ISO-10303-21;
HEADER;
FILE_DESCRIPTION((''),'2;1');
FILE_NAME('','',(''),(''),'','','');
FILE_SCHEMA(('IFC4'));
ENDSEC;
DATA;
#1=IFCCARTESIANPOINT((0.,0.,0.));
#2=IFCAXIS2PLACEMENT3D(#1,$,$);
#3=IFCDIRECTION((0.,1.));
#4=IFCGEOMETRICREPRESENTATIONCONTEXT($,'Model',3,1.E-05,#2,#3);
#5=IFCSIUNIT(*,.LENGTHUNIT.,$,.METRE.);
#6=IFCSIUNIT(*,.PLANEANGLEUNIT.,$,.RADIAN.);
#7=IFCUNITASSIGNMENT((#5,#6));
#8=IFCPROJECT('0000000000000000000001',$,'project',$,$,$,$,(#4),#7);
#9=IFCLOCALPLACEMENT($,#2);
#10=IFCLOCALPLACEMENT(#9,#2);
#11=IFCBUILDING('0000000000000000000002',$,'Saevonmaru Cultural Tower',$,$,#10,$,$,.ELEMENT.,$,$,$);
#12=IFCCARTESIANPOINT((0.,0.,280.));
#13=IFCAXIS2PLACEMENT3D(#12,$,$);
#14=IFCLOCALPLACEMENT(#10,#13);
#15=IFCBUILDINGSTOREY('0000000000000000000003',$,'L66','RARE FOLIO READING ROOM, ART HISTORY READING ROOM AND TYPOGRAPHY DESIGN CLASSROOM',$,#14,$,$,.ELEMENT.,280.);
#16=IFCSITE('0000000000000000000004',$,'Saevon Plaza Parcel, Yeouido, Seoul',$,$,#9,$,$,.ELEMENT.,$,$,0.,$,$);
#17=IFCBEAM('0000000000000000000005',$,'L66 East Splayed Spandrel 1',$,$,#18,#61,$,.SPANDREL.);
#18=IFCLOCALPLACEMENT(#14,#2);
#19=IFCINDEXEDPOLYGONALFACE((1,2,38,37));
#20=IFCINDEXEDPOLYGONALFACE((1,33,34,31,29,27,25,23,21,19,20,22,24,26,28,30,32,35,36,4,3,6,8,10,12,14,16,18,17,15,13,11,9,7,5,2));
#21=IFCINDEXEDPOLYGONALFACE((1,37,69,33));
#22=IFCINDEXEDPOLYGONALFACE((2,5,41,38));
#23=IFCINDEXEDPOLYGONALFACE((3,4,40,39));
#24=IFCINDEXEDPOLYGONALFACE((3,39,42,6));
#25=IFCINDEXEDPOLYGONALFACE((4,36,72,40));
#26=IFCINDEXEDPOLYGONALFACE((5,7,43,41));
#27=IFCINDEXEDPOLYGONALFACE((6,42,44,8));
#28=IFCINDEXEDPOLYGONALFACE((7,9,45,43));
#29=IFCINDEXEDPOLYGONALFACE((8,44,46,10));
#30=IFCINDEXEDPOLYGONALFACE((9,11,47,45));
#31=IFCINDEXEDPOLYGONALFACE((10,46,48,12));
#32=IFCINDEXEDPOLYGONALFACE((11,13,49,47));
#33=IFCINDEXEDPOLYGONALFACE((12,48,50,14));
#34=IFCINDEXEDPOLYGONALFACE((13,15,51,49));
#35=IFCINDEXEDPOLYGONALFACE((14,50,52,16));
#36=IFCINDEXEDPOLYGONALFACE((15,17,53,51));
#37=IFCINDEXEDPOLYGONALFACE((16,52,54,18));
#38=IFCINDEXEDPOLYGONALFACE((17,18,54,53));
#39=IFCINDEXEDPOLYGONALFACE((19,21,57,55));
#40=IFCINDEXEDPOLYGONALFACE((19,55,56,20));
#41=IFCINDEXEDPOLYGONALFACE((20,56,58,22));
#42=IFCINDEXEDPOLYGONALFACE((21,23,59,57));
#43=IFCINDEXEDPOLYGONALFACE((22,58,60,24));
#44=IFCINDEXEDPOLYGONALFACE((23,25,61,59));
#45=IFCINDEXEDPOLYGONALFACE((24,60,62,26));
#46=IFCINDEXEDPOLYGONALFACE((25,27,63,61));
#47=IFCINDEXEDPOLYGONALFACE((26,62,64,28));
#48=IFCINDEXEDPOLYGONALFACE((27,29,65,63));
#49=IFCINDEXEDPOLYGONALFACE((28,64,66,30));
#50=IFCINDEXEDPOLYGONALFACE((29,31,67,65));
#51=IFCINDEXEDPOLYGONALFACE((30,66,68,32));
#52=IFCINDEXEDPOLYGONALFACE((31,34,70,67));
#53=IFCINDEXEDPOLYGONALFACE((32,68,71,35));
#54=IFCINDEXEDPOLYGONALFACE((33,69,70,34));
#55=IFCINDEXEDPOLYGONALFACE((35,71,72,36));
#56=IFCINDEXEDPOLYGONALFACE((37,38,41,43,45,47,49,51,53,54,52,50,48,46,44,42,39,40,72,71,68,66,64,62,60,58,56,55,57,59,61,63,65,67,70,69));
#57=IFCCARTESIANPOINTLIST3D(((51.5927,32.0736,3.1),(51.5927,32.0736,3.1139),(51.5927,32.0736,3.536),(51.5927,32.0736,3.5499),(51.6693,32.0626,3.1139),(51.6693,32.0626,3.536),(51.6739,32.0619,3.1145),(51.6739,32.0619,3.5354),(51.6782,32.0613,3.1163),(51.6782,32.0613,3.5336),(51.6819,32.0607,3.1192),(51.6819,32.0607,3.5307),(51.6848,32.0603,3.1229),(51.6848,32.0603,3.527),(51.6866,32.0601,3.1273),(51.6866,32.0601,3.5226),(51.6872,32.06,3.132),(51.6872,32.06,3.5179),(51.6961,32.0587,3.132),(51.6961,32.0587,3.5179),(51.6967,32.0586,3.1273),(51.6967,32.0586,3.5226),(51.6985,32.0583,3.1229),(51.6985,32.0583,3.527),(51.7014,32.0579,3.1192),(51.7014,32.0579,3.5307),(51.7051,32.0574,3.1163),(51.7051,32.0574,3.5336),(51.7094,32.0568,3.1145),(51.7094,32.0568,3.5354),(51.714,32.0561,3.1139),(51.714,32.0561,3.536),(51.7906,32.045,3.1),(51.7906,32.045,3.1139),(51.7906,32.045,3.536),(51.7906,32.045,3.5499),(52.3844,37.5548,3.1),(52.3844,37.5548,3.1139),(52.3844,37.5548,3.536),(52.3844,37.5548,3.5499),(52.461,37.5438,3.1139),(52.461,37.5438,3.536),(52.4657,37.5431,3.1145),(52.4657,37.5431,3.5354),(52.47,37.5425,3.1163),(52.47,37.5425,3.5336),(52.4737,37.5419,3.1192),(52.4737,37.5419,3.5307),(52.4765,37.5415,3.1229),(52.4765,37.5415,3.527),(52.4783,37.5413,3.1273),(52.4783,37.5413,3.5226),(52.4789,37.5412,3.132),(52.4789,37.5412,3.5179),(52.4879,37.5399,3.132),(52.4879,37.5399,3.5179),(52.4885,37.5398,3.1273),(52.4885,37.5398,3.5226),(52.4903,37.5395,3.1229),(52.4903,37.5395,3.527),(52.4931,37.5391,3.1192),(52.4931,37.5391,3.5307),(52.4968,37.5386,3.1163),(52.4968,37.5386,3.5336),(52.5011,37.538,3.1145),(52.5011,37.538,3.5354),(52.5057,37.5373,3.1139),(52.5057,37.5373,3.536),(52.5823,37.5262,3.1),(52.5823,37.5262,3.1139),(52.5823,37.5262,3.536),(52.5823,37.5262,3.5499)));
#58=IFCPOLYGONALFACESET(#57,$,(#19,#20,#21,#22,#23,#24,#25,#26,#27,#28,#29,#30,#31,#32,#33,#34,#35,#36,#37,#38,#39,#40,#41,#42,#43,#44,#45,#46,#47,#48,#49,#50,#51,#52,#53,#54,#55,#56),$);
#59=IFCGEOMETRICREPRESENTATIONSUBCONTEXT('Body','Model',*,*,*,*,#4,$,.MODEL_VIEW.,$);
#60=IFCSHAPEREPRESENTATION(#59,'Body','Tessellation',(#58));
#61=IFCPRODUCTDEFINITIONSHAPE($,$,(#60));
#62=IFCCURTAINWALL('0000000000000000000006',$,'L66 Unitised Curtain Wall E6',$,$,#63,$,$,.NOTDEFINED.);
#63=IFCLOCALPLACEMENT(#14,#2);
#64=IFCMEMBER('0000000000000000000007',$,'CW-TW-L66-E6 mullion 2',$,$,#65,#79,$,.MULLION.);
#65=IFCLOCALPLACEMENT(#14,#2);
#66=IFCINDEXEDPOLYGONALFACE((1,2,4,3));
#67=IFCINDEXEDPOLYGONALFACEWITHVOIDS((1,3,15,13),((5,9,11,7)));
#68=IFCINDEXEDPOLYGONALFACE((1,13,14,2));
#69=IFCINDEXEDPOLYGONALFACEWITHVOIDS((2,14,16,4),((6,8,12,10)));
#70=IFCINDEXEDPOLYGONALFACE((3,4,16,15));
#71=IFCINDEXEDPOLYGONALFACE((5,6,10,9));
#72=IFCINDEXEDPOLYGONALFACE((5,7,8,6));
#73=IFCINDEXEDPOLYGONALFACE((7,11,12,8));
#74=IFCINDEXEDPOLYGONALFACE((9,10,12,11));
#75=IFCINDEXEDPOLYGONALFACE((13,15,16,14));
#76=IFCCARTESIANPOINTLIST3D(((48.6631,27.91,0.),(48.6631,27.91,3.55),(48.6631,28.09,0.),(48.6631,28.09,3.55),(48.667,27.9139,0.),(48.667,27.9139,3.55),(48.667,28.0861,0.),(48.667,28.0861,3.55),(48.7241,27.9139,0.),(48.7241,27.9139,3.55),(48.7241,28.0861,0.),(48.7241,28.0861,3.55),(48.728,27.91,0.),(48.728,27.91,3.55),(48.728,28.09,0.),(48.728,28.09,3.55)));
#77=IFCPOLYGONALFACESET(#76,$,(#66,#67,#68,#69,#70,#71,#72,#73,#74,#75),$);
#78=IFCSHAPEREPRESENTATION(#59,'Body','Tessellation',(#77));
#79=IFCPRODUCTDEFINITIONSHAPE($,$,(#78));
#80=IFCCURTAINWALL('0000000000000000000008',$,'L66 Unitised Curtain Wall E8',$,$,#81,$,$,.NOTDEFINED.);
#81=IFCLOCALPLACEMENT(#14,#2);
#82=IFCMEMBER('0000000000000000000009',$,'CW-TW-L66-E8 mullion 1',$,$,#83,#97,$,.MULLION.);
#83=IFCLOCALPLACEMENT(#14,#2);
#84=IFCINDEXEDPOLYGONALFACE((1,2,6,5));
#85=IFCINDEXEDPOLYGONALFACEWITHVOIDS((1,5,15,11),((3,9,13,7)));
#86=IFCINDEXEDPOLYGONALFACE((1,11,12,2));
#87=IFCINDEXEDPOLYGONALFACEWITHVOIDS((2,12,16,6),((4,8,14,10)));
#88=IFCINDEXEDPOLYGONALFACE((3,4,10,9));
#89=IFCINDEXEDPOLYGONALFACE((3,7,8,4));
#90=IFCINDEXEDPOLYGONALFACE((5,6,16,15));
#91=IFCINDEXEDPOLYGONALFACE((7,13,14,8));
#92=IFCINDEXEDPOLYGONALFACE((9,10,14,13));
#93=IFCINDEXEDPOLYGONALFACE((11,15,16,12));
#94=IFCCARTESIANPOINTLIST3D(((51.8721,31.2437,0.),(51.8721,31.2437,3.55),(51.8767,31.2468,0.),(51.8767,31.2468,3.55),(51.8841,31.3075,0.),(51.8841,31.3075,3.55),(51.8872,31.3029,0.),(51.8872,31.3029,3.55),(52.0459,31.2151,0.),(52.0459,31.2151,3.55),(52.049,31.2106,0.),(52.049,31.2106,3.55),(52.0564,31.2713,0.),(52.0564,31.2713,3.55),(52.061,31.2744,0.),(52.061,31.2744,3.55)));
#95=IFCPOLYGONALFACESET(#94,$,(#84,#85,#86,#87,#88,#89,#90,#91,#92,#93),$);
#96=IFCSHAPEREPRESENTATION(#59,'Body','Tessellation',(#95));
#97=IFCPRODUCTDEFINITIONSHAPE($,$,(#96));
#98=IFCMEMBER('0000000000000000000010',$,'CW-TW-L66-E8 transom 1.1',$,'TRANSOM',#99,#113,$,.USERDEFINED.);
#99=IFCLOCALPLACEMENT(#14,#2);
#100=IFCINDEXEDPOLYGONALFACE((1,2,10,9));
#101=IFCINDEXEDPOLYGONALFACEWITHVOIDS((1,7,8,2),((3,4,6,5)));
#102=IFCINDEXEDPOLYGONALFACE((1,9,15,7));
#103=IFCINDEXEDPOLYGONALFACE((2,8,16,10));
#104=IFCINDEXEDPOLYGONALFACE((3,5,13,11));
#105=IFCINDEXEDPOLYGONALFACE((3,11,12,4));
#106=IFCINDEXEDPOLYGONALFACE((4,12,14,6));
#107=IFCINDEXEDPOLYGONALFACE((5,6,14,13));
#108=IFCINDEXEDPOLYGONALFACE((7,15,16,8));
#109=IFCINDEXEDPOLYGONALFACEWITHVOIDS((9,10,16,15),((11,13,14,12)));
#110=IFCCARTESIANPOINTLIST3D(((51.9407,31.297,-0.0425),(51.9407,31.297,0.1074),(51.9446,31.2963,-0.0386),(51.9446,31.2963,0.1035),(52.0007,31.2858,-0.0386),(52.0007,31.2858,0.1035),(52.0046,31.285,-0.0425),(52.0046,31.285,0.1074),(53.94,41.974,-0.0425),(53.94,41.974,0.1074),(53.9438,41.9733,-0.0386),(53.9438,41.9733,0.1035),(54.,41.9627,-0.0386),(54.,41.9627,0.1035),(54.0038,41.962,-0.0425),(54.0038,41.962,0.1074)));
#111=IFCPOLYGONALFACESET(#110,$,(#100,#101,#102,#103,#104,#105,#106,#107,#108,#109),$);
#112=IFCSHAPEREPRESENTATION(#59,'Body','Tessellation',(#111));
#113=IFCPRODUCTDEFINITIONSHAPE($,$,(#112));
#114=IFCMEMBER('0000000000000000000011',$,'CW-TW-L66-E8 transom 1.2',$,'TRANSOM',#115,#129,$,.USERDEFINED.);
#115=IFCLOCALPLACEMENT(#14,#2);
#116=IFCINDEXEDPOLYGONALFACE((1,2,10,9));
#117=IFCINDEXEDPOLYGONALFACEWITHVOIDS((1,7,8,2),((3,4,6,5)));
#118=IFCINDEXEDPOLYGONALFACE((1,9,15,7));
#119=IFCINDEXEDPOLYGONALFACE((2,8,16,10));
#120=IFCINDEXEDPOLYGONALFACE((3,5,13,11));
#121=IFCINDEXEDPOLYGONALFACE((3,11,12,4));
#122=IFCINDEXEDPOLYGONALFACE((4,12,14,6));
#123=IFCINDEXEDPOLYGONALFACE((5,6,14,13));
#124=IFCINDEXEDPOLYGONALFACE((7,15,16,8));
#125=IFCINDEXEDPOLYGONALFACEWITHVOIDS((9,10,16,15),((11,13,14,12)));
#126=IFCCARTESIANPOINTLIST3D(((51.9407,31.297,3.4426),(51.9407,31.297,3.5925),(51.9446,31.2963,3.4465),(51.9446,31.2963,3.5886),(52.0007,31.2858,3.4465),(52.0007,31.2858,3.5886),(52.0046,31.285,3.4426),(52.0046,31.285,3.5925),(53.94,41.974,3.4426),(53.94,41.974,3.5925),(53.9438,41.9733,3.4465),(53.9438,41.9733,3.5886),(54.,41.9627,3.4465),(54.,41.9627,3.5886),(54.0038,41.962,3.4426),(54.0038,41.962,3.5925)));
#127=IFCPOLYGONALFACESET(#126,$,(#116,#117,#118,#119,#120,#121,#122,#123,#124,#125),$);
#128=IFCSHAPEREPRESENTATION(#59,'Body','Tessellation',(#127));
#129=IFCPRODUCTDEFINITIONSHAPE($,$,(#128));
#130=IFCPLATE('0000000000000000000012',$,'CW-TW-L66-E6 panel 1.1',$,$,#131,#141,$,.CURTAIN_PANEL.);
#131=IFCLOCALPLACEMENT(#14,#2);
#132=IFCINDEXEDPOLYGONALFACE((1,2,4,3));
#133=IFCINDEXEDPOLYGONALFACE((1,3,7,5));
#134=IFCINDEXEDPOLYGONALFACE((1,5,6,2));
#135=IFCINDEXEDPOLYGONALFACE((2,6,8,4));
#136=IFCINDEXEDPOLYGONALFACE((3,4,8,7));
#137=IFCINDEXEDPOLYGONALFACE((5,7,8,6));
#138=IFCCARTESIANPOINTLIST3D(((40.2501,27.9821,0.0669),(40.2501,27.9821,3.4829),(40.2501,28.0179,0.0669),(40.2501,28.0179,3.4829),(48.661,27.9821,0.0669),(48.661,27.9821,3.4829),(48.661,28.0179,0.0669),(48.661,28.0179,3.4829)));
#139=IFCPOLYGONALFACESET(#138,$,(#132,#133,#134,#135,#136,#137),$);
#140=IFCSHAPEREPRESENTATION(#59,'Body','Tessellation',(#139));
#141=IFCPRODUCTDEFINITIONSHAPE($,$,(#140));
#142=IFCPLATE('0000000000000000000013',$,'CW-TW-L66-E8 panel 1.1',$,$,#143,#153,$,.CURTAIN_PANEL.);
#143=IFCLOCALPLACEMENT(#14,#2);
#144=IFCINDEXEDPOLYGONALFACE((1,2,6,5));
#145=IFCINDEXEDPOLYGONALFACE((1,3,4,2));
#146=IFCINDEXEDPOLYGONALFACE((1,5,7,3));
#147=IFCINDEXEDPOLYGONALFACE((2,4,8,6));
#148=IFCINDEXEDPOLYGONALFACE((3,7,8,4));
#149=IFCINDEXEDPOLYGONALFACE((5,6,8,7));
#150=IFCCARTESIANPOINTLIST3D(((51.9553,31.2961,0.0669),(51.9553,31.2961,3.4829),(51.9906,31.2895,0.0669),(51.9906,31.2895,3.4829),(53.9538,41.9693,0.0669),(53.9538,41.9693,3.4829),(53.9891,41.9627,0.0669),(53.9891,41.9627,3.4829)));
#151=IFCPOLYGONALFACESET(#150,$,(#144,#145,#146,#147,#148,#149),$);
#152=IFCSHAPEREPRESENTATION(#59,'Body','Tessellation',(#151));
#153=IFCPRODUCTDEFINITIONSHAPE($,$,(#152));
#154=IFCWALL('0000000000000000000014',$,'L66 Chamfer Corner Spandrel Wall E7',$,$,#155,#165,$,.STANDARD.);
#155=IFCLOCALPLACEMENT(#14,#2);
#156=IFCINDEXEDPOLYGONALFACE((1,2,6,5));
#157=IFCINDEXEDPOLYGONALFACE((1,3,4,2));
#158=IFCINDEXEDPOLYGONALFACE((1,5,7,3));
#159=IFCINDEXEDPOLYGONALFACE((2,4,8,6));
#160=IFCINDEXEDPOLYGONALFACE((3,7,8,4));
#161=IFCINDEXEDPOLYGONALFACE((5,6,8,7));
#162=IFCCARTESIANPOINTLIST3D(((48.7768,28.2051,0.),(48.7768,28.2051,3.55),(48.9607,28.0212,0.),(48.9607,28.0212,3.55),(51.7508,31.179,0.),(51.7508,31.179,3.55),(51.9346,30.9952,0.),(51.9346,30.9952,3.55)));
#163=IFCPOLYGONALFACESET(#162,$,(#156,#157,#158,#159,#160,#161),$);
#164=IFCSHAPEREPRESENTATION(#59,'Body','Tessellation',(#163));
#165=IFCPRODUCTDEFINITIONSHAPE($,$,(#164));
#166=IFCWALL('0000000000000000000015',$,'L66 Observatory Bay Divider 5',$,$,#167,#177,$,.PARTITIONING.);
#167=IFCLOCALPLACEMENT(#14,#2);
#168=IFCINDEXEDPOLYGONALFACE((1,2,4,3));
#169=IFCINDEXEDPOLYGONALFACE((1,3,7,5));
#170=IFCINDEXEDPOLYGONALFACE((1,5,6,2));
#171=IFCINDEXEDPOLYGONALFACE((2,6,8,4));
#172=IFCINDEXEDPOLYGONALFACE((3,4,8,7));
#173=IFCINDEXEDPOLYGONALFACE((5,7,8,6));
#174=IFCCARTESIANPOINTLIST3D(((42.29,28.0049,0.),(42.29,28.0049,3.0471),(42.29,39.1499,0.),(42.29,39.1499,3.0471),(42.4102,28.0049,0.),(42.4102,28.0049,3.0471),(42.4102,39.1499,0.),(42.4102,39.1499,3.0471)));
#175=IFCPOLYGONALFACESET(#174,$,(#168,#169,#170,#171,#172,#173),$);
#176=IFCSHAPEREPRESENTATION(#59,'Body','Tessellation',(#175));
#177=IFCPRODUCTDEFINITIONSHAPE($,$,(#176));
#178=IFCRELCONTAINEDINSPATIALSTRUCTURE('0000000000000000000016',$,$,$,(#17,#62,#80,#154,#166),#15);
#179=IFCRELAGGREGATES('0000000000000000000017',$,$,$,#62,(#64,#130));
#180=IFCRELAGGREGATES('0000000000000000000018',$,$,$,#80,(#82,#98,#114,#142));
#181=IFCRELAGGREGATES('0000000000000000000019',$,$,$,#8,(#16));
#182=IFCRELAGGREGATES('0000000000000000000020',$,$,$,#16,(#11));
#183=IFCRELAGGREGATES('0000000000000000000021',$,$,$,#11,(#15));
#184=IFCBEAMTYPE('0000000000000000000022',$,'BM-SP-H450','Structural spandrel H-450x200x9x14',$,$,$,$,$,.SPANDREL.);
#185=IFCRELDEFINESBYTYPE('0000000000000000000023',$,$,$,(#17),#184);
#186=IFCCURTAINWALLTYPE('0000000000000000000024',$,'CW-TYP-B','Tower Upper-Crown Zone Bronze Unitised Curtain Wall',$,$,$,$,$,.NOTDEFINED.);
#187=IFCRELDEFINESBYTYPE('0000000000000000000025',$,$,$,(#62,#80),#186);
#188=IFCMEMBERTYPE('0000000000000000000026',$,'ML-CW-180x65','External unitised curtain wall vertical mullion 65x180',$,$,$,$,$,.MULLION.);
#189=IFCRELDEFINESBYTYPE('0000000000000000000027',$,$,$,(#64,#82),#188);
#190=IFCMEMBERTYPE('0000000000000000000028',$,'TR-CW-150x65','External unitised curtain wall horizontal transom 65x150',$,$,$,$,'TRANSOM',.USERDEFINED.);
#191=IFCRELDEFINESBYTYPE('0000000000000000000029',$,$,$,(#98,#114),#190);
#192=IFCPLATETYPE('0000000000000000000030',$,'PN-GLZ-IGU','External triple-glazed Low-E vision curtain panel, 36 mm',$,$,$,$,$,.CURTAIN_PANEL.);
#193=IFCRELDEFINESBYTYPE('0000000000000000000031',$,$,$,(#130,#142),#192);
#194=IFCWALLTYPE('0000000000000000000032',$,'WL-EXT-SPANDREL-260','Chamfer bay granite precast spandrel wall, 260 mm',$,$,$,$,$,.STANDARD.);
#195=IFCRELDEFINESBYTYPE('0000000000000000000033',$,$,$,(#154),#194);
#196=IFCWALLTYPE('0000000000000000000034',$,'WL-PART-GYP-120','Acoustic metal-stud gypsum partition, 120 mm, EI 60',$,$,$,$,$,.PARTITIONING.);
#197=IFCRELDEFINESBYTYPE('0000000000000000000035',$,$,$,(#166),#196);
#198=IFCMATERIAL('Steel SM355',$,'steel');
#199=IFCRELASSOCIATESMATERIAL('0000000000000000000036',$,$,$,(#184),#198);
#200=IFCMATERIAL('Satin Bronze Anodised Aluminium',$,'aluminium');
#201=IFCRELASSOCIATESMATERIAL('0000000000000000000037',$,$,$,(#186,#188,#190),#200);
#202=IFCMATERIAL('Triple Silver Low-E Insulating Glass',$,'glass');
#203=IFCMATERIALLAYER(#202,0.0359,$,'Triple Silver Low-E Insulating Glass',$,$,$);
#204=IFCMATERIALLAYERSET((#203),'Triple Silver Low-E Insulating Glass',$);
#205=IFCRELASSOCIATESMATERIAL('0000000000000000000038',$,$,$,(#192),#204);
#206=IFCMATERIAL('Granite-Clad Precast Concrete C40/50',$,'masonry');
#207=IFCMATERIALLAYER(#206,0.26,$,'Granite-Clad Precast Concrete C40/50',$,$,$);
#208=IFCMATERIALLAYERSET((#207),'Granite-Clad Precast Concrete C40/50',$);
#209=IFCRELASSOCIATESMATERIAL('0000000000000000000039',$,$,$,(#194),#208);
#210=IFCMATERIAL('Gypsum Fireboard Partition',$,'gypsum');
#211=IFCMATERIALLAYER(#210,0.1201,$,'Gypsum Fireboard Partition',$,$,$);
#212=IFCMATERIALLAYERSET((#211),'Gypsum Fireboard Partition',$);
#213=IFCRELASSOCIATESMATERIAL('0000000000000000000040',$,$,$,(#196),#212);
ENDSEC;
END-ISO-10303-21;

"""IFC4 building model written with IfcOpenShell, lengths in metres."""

from ifc_helpers import new_model, si_unit, direction, frame, frame_2d, origin, origin_2d, place, context, subcontext, project, spatial, rectangle, hollow_rectangle, i_section, extrude, material, layer, layer_set, material_profile, profile_set, type_object, element, aggregate, save


model = new_model("IFC4")

# Units and contexts
model_context = context("Model", 3, precision=1e-05, world=origin(), true_north=direction((0.0, 1.0)))
body_context = subcontext(model_context, "Body", "Model", "MODEL_VIEW")
ifc_project = project(units=[si_unit("LENGTHUNIT", "METRE"), si_unit("PLANEANGLEUNIT", "RADIAN")], contexts=[model_context])

# Site, building, storey
site_placement = place(None, origin())
site = spatial("IfcSite", under=ifc_project, at=site_placement, Name="Saevon Plaza Parcel, Yeouido, Seoul", CompositionType="ELEMENT", RefElevation=0.0)
building_placement = place(site_placement, origin())
building = spatial("IfcBuilding", under=site, at=building_placement, Name="Saevonmaru Cultural Tower", CompositionType="ELEMENT")
storey_placement = place(building_placement, frame((0.0, 0.0, 280.0)))
storey = spatial("IfcBuildingStorey", under=building, at=storey_placement, Name="L66", Description="RARE FOLIO READING ROOM, ART HISTORY READING ROOM AND TYPOGRAPHY DESIGN CLASSROOM", CompositionType="ELEMENT", Elevation=280.0)

# Shared definitions
ifc_material_1 = material(Name="Steel SM355", Category="steel")

# Beam
ifc_material_profile_1 = material_profile(ifc_material_1, i_section(OverallWidth=0.2, OverallDepth=0.45, WebThickness=0.009, FlangeThickness=0.0139, FilletRadius=0.0181, at=origin_2d()), Name="H-450x200x9x14")
ifc_profile_set_1 = profile_set([ifc_material_profile_1], Name="Steel SM355")
beam_type_1 = type_object("IfcBeamType", Name="BM-SP-H450", Description="Structural spandrel H-450x200x9x14", PredefinedType="SPANDREL", material=ifc_profile_set_1)
beam_1_placement = place(storey_placement, frame((51.6917, 32.0593, 3.325), z_axis=(0.142964, 0.989728, 0.0), x_axis=(-0.989728, 0.142964, 0.0)))
element("IfcBeam", 1, at=beam_1_placement, inside=storey, type_object=beam_type_1, Name="L66 East Splayed Spandrel 1", PredefinedType="SPANDREL", context=body_context, shape_type="SweptSolid", body=[
    extrude(i_section(OverallWidth=0.2, OverallDepth=0.45, WebThickness=0.009, FlangeThickness=0.0139, FilletRadius=0.0181, at=origin_2d()), origin(), (0.0, 0.0, 1.0), 5.5381),
])

# Curtain wall, member
ifc_material_2 = material(Name="Satin Bronze Anodised Aluminium", Category="aluminium")
curtain_wall_type = type_object("IfcCurtainWallType", Name="CW-TYP-B", Description="Tower Upper-Crown Zone Bronze Unitised Curtain Wall", PredefinedType="NOTDEFINED", material=ifc_material_2)
curtain_wall_1_placement = place(storey_placement, origin())
curtain_wall_1 = element("IfcCurtainWall", 2, at=curtain_wall_1_placement, inside=storey, type_object=curtain_wall_type, Name="L66 Unitised Curtain Wall E6", PredefinedType="NOTDEFINED")
ifc_material_profile_2 = material_profile(ifc_material_2, hollow_rectangle(XDim=0.0649, YDim=0.1799, WallThickness=0.0039, at=origin_2d()), Name="ALU-MULL-180x65x4")
ifc_profile_set_2 = profile_set([ifc_material_profile_2], Name="Satin Bronze Anodised Aluminium")
member_type_1 = type_object("IfcMemberType", Name="ML-CW-180x65", Description="External unitised curtain wall vertical mullion 65x180", PredefinedType="MULLION", material=ifc_profile_set_2)
member_1_placement = place(storey_placement, frame((48.6956, 28.0, 0.0), z_axis=(0.0, 0.0, 1.0), x_axis=(1.0, 0.0, 0.0)))
member_1 = element("IfcMember", 3, at=member_1_placement, type_object=member_type_1, Name="CW-TW-L66-E6 mullion 2", PredefinedType="MULLION", context=body_context, shape_type="SweptSolid", body=[
    extrude(hollow_rectangle(XDim=0.0649, YDim=0.1799, WallThickness=0.0039, at=origin_2d()), origin(), (0.0, 0.0, 1.0), 3.55),
])

# Curtain wall, members
curtain_wall_2_placement = place(storey_placement, origin())
curtain_wall_2 = element("IfcCurtainWall", 4, at=curtain_wall_2_placement, inside=storey, type_object=curtain_wall_type, Name="L66 Unitised Curtain Wall E8", PredefinedType="NOTDEFINED")
member_2_placement = place(storey_placement, frame((51.9666, 31.259, 0.0), z_axis=(0.0, 0.0, 1.0), x_axis=(0.184047, 0.982918, 0.0)))
member_2 = element("IfcMember", 5, at=member_2_placement, type_object=member_type_1, Name="CW-TW-L66-E8 mullion 1", PredefinedType="MULLION", context=body_context, shape_type="SweptSolid", body=[
    extrude(hollow_rectangle(XDim=0.0649, YDim=0.1799, WallThickness=0.0039, at=origin_2d()), origin(), (0.0, 0.0, 1.0), 3.55),
])
ifc_material_profile_3 = material_profile(ifc_material_2, hollow_rectangle(XDim=0.0649, YDim=0.1499, WallThickness=0.0039, at=origin_2d()), Name="ALU-TRAN-150x65x4")
ifc_profile_set_3 = profile_set([ifc_material_profile_3], Name="Satin Bronze Anodised Aluminium")
member_type_2 = type_object("IfcMemberType", Name="TR-CW-150x65", Description="External unitised curtain wall horizontal transom 65x150", ElementType="TRANSOM", PredefinedType="USERDEFINED", material=ifc_profile_set_3)
member_3_placement = place(storey_placement, frame((51.9727, 31.291, 0.0325), z_axis=(0.184051, 0.982917, 0.0), x_axis=(-0.982917, 0.184051, 0.0)))
member_3 = element("IfcMember", 6, at=member_3_placement, type_object=member_type_2, Name="CW-TW-L66-E8 transom 1.1", ObjectType="TRANSOM", PredefinedType="USERDEFINED", context=body_context, shape_type="SweptSolid", body=[
    extrude(hollow_rectangle(XDim=0.0649, YDim=0.1499, WallThickness=0.0039, at=origin_2d()), origin(), (0.0, 0.0, 1.0), 10.8625),
])
member_4_placement = place(storey_placement, frame((51.9727, 31.291, 3.5176), z_axis=(0.184051, 0.982917, 0.0), x_axis=(-0.982917, 0.184051, 0.0)))
member_4 = element("IfcMember", 7, at=member_4_placement, type_object=member_type_2, Name="CW-TW-L66-E8 transom 1.2", ObjectType="TRANSOM", PredefinedType="USERDEFINED", context=body_context, shape_type="SweptSolid", body=[
    extrude(hollow_rectangle(XDim=0.0649, YDim=0.1499, WallThickness=0.0039, at=origin_2d()), origin(), (0.0, 0.0, 1.0), 10.8625),
])

# Plates
ifc_material_3 = material(Name="Triple Silver Low-E Insulating Glass", Category="glass")
ifc_layer_1 = layer(ifc_material_3, 0.0359, Name="Triple Silver Low-E Insulating Glass")
ifc_layer_set_1 = layer_set([ifc_layer_1], Name="Triple Silver Low-E Insulating Glass")
plate_type = type_object("IfcPlateType", Name="PN-GLZ-IGU", Description="External triple-glazed Low-E vision curtain panel, 36 mm", PredefinedType="CURTAIN_PANEL", material=ifc_layer_set_1)
plate_1_placement = place(storey_placement, frame((44.4556, 28.0, 0.0669), z_axis=(0.0, 0.0, 1.0), x_axis=(1.0, 0.0, 0.0)))
plate_1 = element("IfcPlate", 8, at=plate_1_placement, type_object=plate_type, Name="CW-TW-L66-E6 panel 1.1", PredefinedType="CURTAIN_PANEL", context=body_context, shape_type="SweptSolid", body=[
    extrude(rectangle(XDim=8.4109, YDim=0.0359, at=origin_2d()), origin(), (0.0, 0.0, 1.0), 3.416),
])
aggregate(curtain_wall_1, [member_1, plate_1])
plate_2_placement = place(storey_placement, frame((52.9722, 36.6294, 0.0669), z_axis=(0.0, 0.0, 1.0), x_axis=(0.184047, 0.982918, 0.0)))
plate_2 = element("IfcPlate", 9, at=plate_2_placement, type_object=plate_type, Name="CW-TW-L66-E8 panel 1.1", PredefinedType="CURTAIN_PANEL", context=body_context, shape_type="SweptSolid", body=[
    extrude(rectangle(XDim=10.8586, YDim=0.0359, at=origin_2d()), origin(), (0.0, 0.0, 1.0), 3.416),
])
aggregate(curtain_wall_2, [member_2, member_3, member_4, plate_2])

# Walls
ifc_material_4 = material(Name="Granite-Clad Precast Concrete C40/50", Category="masonry")
ifc_layer_2 = layer(ifc_material_4, 0.26, Name="Granite-Clad Precast Concrete C40/50")
ifc_layer_set_2 = layer_set([ifc_layer_2], Name="Granite-Clad Precast Concrete C40/50")
wall_type_1 = type_object("IfcWallType", Name="WL-EXT-SPANDREL-260", Description="Chamfer bay granite precast spandrel wall, 260 mm", PredefinedType="STANDARD", material=ifc_layer_set_2)
wall_1_placement = place(storey_placement, frame((48.8687, 28.113, 0.0), z_axis=(0.0, 0.0, 1.0), x_axis=(0.707107, 0.707107, 0.0)))
element("IfcWall", 10, at=wall_1_placement, inside=storey, type_object=wall_type_1, Name="L66 Chamfer Corner Spandrel Wall E7", PredefinedType="STANDARD", context=body_context, shape_type="SweptSolid", body=[
    extrude(rectangle(XDim=4.2058, YDim=0.26, at=frame_2d((2.103, 0.0))), origin(), (0.0, 0.0, 1.0), 3.55),
])
ifc_material_5 = material(Name="Gypsum Fireboard Partition", Category="gypsum")
ifc_layer_3 = layer(ifc_material_5, 0.1201, Name="Gypsum Fireboard Partition")
ifc_layer_set_3 = layer_set([ifc_layer_3], Name="Gypsum Fireboard Partition")
wall_type_2 = type_object("IfcWallType", Name="WL-PART-GYP-120", Description="Acoustic metal-stud gypsum partition, 120 mm, EI 60", PredefinedType="PARTITIONING", material=ifc_layer_set_3)
wall_2_placement = place(storey_placement, frame((42.3501, 28.0049, 0.0), z_axis=(0.0, 0.0, 1.0), x_axis=(0.0, 1.0, 0.0)))
element("IfcWall", 11, at=wall_2_placement, inside=storey, type_object=wall_type_2, Name="L66 Observatory Bay Divider 5", PredefinedType="PARTITIONING", context=body_context, shape_type="SweptSolid", body=[
    extrude(rectangle(XDim=11.145, YDim=0.1201, at=frame_2d((5.5725, 0.0))), origin(), (0.0, 0.0, 1.0), 3.0471),
])

save(model, "model.ifc")
